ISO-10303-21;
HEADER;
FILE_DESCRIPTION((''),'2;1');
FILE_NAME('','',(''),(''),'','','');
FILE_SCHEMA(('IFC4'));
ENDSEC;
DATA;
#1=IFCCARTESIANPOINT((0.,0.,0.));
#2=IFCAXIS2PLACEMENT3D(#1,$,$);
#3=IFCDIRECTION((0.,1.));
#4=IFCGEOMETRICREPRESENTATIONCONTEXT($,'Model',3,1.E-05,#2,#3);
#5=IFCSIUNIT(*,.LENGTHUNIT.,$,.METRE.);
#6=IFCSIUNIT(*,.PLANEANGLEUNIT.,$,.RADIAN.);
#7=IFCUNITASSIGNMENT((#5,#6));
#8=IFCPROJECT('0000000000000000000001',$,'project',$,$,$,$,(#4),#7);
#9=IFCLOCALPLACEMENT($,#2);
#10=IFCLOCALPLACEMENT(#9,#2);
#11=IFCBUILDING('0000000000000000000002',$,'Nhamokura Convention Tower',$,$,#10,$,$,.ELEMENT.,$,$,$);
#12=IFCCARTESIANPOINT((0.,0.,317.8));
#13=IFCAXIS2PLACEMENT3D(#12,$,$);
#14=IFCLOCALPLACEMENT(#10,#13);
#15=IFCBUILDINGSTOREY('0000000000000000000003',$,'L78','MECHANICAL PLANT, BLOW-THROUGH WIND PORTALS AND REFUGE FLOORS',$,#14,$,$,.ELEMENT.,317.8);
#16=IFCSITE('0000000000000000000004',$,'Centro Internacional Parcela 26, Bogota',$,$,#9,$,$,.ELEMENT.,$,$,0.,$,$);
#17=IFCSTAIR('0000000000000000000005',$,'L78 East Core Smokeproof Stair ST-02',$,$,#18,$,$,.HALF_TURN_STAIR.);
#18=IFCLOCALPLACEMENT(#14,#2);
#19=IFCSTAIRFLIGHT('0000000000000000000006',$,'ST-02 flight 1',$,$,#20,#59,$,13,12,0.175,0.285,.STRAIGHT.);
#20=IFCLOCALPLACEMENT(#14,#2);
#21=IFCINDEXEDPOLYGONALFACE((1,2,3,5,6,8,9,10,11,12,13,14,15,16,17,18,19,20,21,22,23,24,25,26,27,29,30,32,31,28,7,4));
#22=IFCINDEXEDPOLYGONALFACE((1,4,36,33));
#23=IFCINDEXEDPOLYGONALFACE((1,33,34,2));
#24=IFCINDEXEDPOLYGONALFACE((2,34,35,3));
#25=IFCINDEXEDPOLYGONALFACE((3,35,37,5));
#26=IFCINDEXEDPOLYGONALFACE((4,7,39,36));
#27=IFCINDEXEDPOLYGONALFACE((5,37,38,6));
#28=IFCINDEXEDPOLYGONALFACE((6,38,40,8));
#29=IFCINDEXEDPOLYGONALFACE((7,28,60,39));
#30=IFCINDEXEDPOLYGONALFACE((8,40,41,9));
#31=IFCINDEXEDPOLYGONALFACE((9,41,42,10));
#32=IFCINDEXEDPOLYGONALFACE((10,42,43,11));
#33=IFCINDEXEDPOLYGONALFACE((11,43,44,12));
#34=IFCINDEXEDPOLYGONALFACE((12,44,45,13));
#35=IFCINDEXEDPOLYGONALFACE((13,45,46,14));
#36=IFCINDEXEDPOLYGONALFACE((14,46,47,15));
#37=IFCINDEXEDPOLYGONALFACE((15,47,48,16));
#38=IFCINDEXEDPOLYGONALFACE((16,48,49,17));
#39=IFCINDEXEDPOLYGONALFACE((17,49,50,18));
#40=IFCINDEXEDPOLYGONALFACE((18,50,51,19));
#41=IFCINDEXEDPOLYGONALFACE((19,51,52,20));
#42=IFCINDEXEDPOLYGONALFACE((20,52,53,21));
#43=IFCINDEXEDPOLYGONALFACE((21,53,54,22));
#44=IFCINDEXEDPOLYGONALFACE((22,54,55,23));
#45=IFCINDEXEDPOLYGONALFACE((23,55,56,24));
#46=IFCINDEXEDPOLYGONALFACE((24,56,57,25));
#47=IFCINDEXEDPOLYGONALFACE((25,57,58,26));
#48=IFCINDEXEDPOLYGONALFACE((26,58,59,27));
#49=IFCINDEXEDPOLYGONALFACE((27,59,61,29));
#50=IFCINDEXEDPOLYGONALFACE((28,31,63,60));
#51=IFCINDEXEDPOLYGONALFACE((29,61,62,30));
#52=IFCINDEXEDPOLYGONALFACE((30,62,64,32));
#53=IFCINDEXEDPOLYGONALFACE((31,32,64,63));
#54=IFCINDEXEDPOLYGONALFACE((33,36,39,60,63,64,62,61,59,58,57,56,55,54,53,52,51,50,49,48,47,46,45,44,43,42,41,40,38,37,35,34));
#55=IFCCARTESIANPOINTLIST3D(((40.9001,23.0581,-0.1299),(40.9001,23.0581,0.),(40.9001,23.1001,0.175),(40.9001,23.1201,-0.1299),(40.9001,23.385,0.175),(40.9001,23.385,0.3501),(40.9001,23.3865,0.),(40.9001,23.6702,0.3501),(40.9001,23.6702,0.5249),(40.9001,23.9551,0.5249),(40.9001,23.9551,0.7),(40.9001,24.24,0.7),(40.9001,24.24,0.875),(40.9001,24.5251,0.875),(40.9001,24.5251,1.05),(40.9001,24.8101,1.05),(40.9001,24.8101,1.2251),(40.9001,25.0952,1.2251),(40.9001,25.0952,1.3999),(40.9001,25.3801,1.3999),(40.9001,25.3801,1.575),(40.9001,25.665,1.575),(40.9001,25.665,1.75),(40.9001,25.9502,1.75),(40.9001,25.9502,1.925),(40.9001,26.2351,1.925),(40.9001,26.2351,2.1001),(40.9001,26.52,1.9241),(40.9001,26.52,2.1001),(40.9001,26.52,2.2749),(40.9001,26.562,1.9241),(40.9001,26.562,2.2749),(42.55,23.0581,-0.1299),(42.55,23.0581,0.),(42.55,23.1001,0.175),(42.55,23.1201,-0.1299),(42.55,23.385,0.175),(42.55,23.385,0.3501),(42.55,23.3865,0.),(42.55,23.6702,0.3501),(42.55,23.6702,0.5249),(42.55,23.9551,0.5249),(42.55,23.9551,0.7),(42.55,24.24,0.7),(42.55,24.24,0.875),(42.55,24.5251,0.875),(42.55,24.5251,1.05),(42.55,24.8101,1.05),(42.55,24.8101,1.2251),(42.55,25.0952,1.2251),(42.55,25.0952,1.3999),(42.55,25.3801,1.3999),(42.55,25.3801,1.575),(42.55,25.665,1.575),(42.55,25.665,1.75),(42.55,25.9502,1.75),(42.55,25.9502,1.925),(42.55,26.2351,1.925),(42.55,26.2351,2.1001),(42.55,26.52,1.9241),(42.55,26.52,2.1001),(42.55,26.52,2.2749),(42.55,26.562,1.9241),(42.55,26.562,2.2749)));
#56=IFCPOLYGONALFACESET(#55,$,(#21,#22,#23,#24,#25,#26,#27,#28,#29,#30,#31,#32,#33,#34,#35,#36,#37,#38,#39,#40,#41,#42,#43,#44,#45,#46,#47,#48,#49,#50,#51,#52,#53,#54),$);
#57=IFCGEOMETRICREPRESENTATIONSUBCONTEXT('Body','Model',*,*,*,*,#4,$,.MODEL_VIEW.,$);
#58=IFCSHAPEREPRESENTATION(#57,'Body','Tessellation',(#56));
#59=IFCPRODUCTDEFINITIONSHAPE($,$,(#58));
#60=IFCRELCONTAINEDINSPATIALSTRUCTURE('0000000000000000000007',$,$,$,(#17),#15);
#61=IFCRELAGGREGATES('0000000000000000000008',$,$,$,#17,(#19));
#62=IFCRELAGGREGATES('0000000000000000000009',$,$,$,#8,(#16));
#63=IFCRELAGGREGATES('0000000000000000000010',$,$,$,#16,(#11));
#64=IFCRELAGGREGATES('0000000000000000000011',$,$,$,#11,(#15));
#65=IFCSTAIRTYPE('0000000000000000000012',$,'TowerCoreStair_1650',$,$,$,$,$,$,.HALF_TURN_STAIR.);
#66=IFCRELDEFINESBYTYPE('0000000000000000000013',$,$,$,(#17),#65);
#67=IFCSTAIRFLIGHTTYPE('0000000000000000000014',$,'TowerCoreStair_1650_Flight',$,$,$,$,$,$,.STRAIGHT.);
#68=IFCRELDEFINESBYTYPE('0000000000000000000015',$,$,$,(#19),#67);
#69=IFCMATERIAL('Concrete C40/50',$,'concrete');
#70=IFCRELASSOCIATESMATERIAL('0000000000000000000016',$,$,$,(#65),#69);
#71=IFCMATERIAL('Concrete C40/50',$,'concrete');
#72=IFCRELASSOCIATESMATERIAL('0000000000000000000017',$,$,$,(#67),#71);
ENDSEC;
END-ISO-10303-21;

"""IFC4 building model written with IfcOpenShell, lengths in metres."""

from ifc_helpers import new_model, si_unit, direction, frame, origin, place, context, subcontext, project, spatial, polyline, outline, extrude, material, type_object, element, aggregate, save


model = new_model("IFC4")

# Units and contexts
model_context = context("Model", 3, precision=1e-05, world=origin(), true_north=direction((0.0, 1.0)))
body_context = subcontext(model_context, "Body", "Model", "MODEL_VIEW")
ifc_project = project(units=[si_unit("LENGTHUNIT", "METRE"), si_unit("PLANEANGLEUNIT", "RADIAN")], contexts=[model_context])

# Site, building, storey
site_placement = place(None, origin())
site = spatial("IfcSite", under=ifc_project, at=site_placement, Name="Centro Internacional Parcela 26, Bogota", CompositionType="ELEMENT", RefElevation=0.0)
building_placement = place(site_placement, origin())
building = spatial("IfcBuilding", under=site, at=building_placement, Name="Nhamokura Convention Tower", CompositionType="ELEMENT")
storey_placement = place(building_placement, frame((0.0, 0.0, 317.8)))
storey = spatial("IfcBuildingStorey", under=building, at=storey_placement, Name="L78", Description="MECHANICAL PLANT, BLOW-THROUGH WIND PORTALS AND REFUGE FLOORS", CompositionType="ELEMENT", Elevation=317.8)

# Stair, stair flight
ifc_material_1 = material(Name="Concrete C40/50", Category="concrete")
stair_type = type_object("IfcStairType", Name="TowerCoreStair_1650", PredefinedType="HALF_TURN_STAIR", material=ifc_material_1)
stair_placement = place(storey_placement, origin())
stair = element("IfcStair", 1, at=stair_placement, inside=storey, type_object=stair_type, Name="L78 East Core Smokeproof Stair ST-02", PredefinedType="HALF_TURN_STAIR")
ifc_material_2 = material(Name="Concrete C40/50", Category="concrete")
stair_flight_type = type_object("IfcStairFlightType", Name="TowerCoreStair_1650_Flight", PredefinedType="STRAIGHT", material=ifc_material_2)
stair_flight_placement = place(storey_placement, frame((41.7251, 23.1001, 0.0), z_axis=(0.0, 0.0, 1.0), x_axis=(0.0, 1.0, 0.0)))
stair_flight = element("IfcStairFlight", 2, at=stair_flight_placement, type_object=stair_flight_type, Name="ST-02 flight 1", NumberOfRisers=13, NumberOfTreads=12, PredefinedType="STRAIGHT", RiserHeight=0.175, TreadLength=0.285, context=body_context, shape_type="SweptSolid", body=[
    extrude(outline(polyline([(-0.042, 0.0), (0.0, 0.175), (0.2849, 0.175), (0.2849, 0.3501), (0.5701, 0.3501), (0.5701, 0.5249), (0.855, 0.5249), (0.855, 0.7), (1.1399, 0.7), (1.1399, 0.875), (1.425, 0.875), (1.425, 1.05), (1.71, 1.05), (1.71, 1.2251), (1.9951, 1.2251), (1.9951, 1.3999), (2.28, 1.3999), (2.28, 1.575), (2.5649, 1.575), (2.5649, 1.75), (2.8501, 1.75), (2.8501, 1.925), (3.135, 1.925), (3.135, 2.1001), (3.4199, 2.1001), (3.4199, 2.2749), (3.4619, 2.2749), (3.4619, 1.9241), (3.4199, 1.9241), (0.2864, 0.0), (0.02, -0.1299), (-0.042, -0.1299), (-0.042, 0.0)])), frame((0.0, 0.825, 0.0), z_axis=(0.0, -1.0, 0.0), x_axis=(1.0, 0.0, 0.0)), (0.0, 0.0, 1.0), 1.6499),
])
aggregate(stair, [stair_flight])

save(model, "model.ifc")
